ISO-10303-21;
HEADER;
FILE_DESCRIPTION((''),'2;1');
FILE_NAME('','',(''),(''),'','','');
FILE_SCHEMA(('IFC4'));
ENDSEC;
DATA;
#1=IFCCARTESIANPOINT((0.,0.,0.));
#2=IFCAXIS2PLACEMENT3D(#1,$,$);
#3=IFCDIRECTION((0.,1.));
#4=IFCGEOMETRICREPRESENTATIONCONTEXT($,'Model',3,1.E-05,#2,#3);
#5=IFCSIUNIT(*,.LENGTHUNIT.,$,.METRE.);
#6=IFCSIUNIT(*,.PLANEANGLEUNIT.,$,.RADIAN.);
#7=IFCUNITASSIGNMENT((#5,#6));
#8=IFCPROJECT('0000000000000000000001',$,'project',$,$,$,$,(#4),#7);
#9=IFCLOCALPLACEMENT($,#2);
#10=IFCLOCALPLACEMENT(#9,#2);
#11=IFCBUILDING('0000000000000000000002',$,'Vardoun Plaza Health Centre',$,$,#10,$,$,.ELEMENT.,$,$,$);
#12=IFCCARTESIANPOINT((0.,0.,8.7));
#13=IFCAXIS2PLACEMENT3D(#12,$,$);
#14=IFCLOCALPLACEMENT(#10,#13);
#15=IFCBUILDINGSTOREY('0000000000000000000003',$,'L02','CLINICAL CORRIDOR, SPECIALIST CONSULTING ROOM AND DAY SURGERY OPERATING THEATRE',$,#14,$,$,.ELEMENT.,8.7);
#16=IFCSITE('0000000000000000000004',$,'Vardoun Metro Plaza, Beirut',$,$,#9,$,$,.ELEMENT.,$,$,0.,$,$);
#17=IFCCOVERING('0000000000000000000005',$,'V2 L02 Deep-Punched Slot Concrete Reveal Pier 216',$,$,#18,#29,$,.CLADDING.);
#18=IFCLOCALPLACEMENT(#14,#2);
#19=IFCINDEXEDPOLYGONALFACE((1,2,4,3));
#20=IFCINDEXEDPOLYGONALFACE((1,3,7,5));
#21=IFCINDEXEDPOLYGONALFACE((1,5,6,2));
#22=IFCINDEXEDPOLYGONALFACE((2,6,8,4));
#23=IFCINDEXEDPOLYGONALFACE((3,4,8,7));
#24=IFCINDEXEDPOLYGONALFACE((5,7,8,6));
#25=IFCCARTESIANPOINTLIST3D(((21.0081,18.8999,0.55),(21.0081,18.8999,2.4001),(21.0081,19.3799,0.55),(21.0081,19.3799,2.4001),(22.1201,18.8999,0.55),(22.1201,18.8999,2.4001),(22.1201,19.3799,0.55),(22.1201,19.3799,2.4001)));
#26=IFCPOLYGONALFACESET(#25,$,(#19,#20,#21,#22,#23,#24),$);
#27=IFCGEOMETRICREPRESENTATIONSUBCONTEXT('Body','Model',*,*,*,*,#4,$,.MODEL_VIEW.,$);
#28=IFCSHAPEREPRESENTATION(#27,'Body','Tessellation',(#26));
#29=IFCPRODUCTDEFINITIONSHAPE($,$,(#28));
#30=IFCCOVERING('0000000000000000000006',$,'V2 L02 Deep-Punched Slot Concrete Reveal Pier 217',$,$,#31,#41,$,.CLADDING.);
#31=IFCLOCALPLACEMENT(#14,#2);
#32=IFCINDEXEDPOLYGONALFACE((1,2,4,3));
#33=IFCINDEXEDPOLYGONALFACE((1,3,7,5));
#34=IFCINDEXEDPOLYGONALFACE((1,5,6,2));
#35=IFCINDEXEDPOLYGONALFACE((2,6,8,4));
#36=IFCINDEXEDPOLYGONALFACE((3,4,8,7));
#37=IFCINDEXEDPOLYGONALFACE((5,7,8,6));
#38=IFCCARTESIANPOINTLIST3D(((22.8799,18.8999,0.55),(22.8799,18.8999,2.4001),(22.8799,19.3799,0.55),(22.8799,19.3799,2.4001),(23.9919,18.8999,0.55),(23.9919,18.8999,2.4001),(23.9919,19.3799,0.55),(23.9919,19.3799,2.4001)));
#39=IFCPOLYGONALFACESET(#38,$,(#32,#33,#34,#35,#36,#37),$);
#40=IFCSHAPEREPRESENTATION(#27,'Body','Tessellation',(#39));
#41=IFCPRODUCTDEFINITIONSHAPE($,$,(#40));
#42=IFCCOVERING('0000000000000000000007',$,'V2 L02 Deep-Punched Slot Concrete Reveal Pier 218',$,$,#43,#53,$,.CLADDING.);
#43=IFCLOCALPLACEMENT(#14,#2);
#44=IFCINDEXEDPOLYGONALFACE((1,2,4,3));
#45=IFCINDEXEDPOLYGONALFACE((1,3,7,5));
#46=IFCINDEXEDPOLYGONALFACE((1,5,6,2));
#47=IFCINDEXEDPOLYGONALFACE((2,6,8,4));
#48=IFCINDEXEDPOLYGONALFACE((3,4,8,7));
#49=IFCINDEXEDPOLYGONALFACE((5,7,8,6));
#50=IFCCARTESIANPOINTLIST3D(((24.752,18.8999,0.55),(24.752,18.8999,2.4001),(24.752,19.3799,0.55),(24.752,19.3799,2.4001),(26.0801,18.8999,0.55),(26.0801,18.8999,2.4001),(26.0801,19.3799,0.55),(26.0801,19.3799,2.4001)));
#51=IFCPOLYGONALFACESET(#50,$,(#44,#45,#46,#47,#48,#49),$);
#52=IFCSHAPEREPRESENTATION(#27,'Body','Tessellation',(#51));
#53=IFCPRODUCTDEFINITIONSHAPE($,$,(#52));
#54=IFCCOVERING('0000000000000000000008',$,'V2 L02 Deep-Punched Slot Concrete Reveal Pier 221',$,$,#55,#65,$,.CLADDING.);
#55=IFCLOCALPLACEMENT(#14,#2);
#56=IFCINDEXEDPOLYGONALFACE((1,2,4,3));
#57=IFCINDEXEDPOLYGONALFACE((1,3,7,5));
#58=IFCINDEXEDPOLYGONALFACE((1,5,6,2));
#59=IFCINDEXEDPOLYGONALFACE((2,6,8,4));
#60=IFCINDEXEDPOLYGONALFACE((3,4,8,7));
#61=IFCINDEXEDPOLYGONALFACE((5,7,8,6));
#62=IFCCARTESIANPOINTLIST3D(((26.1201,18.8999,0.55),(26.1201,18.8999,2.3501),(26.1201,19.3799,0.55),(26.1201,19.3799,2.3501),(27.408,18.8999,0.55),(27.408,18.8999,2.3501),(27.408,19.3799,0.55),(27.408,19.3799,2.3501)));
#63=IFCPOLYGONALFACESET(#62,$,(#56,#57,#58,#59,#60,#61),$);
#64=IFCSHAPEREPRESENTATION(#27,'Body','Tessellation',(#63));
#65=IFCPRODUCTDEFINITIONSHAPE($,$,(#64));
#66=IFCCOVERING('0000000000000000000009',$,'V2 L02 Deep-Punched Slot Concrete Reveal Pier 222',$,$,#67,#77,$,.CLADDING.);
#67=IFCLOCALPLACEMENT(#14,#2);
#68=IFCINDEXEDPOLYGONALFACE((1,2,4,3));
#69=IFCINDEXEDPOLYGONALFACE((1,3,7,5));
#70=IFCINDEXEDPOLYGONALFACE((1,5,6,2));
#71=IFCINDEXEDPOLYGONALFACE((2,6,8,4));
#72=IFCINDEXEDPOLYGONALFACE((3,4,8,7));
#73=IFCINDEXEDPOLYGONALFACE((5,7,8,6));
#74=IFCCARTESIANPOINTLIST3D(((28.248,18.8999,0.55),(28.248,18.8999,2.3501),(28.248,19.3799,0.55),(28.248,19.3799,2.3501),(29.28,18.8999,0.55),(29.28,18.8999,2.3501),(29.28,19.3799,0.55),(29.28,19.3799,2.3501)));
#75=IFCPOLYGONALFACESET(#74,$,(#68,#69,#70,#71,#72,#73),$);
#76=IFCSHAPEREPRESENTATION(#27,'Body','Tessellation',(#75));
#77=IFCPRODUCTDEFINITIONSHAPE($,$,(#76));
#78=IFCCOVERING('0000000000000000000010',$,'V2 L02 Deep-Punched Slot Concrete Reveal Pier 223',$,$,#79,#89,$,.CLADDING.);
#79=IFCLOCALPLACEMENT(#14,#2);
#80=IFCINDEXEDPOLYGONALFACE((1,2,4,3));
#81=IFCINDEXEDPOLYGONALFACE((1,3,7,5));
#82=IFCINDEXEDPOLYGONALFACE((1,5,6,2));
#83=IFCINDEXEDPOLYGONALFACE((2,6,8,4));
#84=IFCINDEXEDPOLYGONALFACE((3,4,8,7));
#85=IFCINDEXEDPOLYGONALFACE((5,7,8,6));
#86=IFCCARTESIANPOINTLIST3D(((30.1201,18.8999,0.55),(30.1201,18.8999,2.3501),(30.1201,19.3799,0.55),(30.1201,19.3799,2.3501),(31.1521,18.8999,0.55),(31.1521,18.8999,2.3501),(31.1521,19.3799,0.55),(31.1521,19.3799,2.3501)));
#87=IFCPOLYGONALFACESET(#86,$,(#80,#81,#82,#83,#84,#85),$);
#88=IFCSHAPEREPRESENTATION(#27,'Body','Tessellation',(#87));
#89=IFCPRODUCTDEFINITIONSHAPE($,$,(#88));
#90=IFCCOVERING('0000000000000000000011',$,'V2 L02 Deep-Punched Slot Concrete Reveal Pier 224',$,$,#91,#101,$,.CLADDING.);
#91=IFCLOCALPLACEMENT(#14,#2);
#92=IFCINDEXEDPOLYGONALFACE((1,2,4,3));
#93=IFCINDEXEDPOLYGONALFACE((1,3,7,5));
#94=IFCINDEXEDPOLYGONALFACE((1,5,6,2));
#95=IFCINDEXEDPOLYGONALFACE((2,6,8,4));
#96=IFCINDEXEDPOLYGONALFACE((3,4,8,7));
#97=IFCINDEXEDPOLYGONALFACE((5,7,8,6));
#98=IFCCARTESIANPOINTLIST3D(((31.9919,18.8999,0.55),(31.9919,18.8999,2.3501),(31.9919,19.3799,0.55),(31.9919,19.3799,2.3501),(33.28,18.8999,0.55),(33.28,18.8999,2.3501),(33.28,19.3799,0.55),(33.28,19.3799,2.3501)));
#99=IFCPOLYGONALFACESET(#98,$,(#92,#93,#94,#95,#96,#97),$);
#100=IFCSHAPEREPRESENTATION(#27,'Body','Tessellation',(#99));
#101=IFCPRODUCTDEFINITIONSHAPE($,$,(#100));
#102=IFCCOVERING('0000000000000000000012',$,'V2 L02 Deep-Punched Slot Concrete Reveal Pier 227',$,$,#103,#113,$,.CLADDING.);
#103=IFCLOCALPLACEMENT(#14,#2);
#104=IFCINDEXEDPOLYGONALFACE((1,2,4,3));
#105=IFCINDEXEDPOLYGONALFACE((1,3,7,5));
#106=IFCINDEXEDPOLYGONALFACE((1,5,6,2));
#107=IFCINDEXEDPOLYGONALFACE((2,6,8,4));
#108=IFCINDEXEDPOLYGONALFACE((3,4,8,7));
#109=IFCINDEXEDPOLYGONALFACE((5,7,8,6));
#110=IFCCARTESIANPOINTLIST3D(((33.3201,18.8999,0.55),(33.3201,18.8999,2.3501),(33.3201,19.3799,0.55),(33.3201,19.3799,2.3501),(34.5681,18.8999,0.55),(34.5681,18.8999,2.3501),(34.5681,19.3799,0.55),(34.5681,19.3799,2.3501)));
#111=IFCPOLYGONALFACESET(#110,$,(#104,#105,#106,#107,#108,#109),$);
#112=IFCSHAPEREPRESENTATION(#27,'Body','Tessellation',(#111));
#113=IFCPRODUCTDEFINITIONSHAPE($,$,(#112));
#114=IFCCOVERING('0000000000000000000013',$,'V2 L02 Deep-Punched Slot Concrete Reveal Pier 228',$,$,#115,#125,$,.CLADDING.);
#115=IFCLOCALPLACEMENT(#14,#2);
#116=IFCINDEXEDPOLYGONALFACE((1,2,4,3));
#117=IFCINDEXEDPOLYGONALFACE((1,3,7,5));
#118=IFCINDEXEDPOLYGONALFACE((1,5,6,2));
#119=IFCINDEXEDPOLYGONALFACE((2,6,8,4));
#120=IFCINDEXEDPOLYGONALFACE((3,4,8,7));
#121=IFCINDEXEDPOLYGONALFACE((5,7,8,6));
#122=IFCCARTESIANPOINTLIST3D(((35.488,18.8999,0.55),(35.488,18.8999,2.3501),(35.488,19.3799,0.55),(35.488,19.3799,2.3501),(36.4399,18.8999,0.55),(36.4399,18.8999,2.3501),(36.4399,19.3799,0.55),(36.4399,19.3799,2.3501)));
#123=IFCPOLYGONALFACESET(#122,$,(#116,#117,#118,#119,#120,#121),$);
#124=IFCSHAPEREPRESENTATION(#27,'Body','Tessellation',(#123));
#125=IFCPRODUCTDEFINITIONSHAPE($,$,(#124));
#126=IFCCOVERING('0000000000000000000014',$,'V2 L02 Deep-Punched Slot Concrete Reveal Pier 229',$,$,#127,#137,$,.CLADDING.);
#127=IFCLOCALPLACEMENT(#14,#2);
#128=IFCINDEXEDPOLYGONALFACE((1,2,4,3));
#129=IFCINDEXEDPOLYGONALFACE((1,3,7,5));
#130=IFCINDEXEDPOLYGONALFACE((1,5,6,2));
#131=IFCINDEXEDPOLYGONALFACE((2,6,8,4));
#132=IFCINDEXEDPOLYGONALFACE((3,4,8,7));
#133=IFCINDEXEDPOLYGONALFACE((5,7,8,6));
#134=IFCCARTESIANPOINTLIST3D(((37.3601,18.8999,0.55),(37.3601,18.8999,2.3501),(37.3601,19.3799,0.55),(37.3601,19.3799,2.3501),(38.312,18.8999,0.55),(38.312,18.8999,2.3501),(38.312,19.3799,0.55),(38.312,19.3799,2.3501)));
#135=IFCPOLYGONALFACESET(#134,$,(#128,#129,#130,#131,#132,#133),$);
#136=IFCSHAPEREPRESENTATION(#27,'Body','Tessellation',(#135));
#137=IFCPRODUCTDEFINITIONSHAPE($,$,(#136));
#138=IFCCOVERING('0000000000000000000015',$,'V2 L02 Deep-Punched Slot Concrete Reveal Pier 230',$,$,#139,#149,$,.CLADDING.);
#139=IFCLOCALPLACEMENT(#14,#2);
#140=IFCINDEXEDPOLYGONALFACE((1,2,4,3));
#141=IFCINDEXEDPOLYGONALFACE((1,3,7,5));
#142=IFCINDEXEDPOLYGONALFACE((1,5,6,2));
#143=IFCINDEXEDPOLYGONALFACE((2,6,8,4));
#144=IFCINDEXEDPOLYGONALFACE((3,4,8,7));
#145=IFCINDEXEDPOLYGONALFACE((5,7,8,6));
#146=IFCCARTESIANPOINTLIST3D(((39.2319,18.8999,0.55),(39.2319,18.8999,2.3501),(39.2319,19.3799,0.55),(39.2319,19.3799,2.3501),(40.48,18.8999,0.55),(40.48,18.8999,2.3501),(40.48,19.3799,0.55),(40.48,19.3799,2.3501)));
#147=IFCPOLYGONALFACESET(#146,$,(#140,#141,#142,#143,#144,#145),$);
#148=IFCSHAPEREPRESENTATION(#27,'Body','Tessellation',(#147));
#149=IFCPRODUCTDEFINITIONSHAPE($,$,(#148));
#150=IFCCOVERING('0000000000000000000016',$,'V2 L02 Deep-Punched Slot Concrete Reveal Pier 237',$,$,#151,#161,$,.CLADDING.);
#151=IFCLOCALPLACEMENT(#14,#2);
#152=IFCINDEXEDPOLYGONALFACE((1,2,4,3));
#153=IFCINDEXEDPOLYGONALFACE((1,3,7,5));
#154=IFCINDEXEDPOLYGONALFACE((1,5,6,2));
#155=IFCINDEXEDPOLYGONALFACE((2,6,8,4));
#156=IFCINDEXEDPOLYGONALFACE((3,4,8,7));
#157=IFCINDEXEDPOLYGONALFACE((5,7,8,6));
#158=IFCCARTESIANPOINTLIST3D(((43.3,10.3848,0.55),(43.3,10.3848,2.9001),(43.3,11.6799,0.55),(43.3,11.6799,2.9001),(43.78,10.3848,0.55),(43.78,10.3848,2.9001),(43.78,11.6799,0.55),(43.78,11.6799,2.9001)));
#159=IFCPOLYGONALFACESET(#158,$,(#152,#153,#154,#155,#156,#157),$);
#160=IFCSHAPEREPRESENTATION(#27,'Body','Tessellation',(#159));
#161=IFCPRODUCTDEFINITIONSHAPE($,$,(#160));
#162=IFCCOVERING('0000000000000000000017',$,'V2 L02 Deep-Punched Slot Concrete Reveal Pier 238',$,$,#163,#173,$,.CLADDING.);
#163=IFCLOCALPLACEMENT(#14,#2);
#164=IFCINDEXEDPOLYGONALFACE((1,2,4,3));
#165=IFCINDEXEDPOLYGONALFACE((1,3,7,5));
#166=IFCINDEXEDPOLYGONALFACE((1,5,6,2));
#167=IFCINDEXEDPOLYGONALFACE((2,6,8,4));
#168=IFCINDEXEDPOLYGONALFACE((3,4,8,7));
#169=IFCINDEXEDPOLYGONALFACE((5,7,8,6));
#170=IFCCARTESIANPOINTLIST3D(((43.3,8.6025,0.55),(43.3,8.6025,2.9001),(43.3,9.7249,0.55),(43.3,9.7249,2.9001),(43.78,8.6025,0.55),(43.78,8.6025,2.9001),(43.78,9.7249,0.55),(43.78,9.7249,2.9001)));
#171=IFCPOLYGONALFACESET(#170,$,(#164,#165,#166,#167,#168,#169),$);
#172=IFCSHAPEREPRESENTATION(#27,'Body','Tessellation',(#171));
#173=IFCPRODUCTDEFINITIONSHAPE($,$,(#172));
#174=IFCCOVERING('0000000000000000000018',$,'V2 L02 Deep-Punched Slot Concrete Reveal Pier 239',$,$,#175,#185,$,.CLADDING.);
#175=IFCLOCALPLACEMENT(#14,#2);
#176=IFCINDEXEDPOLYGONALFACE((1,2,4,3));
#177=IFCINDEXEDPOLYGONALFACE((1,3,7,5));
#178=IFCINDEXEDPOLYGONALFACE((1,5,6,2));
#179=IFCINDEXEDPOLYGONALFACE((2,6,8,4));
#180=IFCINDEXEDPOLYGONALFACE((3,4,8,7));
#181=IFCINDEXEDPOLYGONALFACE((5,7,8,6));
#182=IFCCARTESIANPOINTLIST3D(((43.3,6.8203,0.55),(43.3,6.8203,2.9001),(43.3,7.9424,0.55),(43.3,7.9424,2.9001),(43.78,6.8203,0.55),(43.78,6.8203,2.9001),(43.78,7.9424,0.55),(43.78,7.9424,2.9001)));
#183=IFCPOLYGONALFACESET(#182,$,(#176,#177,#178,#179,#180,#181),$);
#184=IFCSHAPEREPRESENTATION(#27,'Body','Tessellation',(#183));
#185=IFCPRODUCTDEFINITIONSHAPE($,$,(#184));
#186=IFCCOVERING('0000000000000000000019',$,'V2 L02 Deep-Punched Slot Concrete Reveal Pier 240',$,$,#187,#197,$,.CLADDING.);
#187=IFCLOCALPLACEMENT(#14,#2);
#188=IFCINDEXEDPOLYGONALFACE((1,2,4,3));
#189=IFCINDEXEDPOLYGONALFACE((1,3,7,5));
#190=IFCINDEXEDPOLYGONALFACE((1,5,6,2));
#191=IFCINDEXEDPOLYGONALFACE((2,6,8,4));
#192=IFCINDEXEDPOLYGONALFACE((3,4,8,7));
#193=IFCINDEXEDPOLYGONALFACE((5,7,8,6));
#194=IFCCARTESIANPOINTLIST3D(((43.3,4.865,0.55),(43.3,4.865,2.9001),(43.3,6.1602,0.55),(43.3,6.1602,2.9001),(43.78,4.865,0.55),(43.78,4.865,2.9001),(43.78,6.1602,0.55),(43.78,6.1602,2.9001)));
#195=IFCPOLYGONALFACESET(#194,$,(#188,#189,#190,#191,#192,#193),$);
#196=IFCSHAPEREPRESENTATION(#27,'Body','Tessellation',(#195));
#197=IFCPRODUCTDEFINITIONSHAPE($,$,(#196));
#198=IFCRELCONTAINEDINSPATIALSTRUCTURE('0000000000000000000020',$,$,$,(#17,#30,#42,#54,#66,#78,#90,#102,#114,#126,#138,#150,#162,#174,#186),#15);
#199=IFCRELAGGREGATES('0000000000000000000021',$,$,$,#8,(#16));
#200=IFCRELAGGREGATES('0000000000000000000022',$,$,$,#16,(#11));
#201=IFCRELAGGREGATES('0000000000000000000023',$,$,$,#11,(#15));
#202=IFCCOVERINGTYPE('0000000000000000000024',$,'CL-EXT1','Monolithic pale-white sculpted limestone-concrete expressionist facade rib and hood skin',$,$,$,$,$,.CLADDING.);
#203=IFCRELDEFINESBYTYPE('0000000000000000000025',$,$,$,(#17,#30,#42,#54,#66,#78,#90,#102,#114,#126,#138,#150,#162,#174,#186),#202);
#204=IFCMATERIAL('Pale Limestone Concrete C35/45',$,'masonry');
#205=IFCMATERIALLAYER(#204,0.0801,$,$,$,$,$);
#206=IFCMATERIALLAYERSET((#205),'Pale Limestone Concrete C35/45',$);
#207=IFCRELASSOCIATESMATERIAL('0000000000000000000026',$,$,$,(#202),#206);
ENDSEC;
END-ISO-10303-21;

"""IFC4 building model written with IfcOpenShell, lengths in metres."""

from ifc_helpers import new_model, si_unit, direction, frame, origin, place, context, subcontext, project, spatial, polyline, outline, extrude, material, layer, layer_set, type_object, element, save


model = new_model("IFC4")

# Units and contexts
model_context = context("Model", 3, precision=1e-05, world=origin(), true_north=direction((0.0, 1.0)))
body_context = subcontext(model_context, "Body", "Model", "MODEL_VIEW")
ifc_project = project(units=[si_unit("LENGTHUNIT", "METRE"), si_unit("PLANEANGLEUNIT", "RADIAN")], contexts=[model_context])

# Site, building, storey
site_placement = place(None, origin())
site = spatial("IfcSite", under=ifc_project, at=site_placement, Name="Vardoun Metro Plaza, Beirut", CompositionType="ELEMENT", RefElevation=0.0)
building_placement = place(site_placement, origin())
building = spatial("IfcBuilding", under=site, at=building_placement, Name="Vardoun Plaza Health Centre", CompositionType="ELEMENT")
storey_placement = place(building_placement, frame((0.0, 0.0, 8.7)))
storey = spatial("IfcBuildingStorey", under=building, at=storey_placement, Name="L02", Description="CLINICAL CORRIDOR, SPECIALIST CONSULTING ROOM AND DAY SURGERY OPERATING THEATRE", CompositionType="ELEMENT", Elevation=8.7)

# Coverings
ifc_material = material(Name="Pale Limestone Concrete C35/45", Category="masonry")
ifc_layer = layer(ifc_material, 0.0801)
ifc_layer_set = layer_set([ifc_layer], Name="Pale Limestone Concrete C35/45")
covering_type = type_object("IfcCoveringType", Name="CL-EXT1", Description="Monolithic pale-white sculpted limestone-concrete expressionist facade rib and hood skin", PredefinedType="CLADDING", material=ifc_layer_set)
covering_1_placement = place(storey_placement, frame((0.0, 0.0, 0.55)))
element("IfcCovering", 1, at=covering_1_placement, inside=storey, type_object=covering_type, Name="V2 L02 Deep-Punched Slot Concrete Reveal Pier 216", PredefinedType="CLADDING", context=body_context, shape_type="SweptSolid", body=[
    extrude(outline(polyline([(21.0081, 18.8999), (22.1201, 18.8999), (22.1201, 19.3799), (21.0081, 19.3799), (21.0081, 18.8999)])), origin(), (0.0, 0.0, 1.0), 1.8501),
])
covering_2_placement = place(storey_placement, frame((0.0, 0.0, 0.55)))
element("IfcCovering", 2, at=covering_2_placement, inside=storey, type_object=covering_type, Name="V2 L02 Deep-Punched Slot Concrete Reveal Pier 217", PredefinedType="CLADDING", context=body_context, shape_type="SweptSolid", body=[
    extrude(outline(polyline([(22.8799, 18.8999), (23.9919, 18.8999), (23.9919, 19.3799), (22.8799, 19.3799), (22.8799, 18.8999)])), origin(), (0.0, 0.0, 1.0), 1.8501),
])
covering_3_placement = place(storey_placement, frame((0.0, 0.0, 0.55)))
element("IfcCovering", 3, at=covering_3_placement, inside=storey, type_object=covering_type, Name="V2 L02 Deep-Punched Slot Concrete Reveal Pier 218", PredefinedType="CLADDING", context=body_context, shape_type="SweptSolid", body=[
    extrude(outline(polyline([(24.752, 18.8999), (26.0801, 18.8999), (26.0801, 19.3799), (24.752, 19.3799), (24.752, 18.8999)])), origin(), (0.0, 0.0, 1.0), 1.8501),
])
covering_4_placement = place(storey_placement, frame((0.0, 0.0, 0.55)))
element("IfcCovering", 4, at=covering_4_placement, inside=storey, type_object=covering_type, Name="V2 L02 Deep-Punched Slot Concrete Reveal Pier 221", PredefinedType="CLADDING", context=body_context, shape_type="SweptSolid", body=[
    extrude(outline(polyline([(26.1201, 18.8999), (27.408, 18.8999), (27.408, 19.3799), (26.1201, 19.3799), (26.1201, 18.8999)])), origin(), (0.0, 0.0, 1.0), 1.8),
])
covering_5_placement = place(storey_placement, frame((0.0, 0.0, 0.55)))
element("IfcCovering", 5, at=covering_5_placement, inside=storey, type_object=covering_type, Name="V2 L02 Deep-Punched Slot Concrete Reveal Pier 222", PredefinedType="CLADDING", context=body_context, shape_type="SweptSolid", body=[
    extrude(outline(polyline([(28.248, 18.8999), (29.28, 18.8999), (29.28, 19.3799), (28.248, 19.3799), (28.248, 18.8999)])), origin(), (0.0, 0.0, 1.0), 1.8),
])
covering_6_placement = place(storey_placement, frame((0.0, 0.0, 0.55)))
element("IfcCovering", 6, at=covering_6_placement, inside=storey, type_object=covering_type, Name="V2 L02 Deep-Punched Slot Concrete Reveal Pier 223", PredefinedType="CLADDING", context=body_context, shape_type="SweptSolid", body=[
    extrude(outline(polyline([(30.1201, 18.8999), (31.1521, 18.8999), (31.1521, 19.3799), (30.1201, 19.3799), (30.1201, 18.8999)])), origin(), (0.0, 0.0, 1.0), 1.8),
])
covering_7_placement = place(storey_placement, frame((0.0, 0.0, 0.55)))
element("IfcCovering", 7, at=covering_7_placement, inside=storey, type_object=covering_type, Name="V2 L02 Deep-Punched Slot Concrete Reveal Pier 224", PredefinedType="CLADDING", context=body_context, shape_type="SweptSolid", body=[
    extrude(outline(polyline([(31.9919, 18.8999), (33.28, 18.8999), (33.28, 19.3799), (31.9919, 19.3799), (31.9919, 18.8999)])), origin(), (0.0, 0.0, 1.0), 1.8),
])
covering_8_placement = place(storey_placement, frame((0.0, 0.0, 0.55)))
element("IfcCovering", 8, at=covering_8_placement, inside=storey, type_object=covering_type, Name="V2 L02 Deep-Punched Slot Concrete Reveal Pier 227", PredefinedType="CLADDING", context=body_context, shape_type="SweptSolid", body=[
    extrude(outline(polyline([(33.3201, 18.8999), (34.5681, 18.8999), (34.5681, 19.3799), (33.3201, 19.3799), (33.3201, 18.8999)])), origin(), (0.0, 0.0, 1.0), 1.8),
])
covering_9_placement = place(storey_placement, frame((0.0, 0.0, 0.55)))
element("IfcCovering", 9, at=covering_9_placement, inside=storey, type_object=covering_type, Name="V2 L02 Deep-Punched Slot Concrete Reveal Pier 228", PredefinedType="CLADDING", context=body_context, shape_type="SweptSolid", body=[
    extrude(outline(polyline([(35.488, 18.8999), (36.4399, 18.8999), (36.4399, 19.3799), (35.488, 19.3799), (35.488, 18.8999)])), origin(), (0.0, 0.0, 1.0), 1.8),
])
covering_10_placement = place(storey_placement, frame((0.0, 0.0, 0.55)))
element("IfcCovering", 10, at=covering_10_placement, inside=storey, type_object=covering_type, Name="V2 L02 Deep-Punched Slot Concrete Reveal Pier 229", PredefinedType="CLADDING", context=body_context, shape_type="SweptSolid", body=[
    extrude(outline(polyline([(37.3601, 18.8999), (38.312, 18.8999), (38.312, 19.3799), (37.3601, 19.3799), (37.3601, 18.8999)])), origin(), (0.0, 0.0, 1.0), 1.8),
])
covering_11_placement = place(storey_placement, frame((0.0, 0.0, 0.55)))
element("IfcCovering", 11, at=covering_11_placement, inside=storey, type_object=covering_type, Name="V2 L02 Deep-Punched Slot Concrete Reveal Pier 230", PredefinedType="CLADDING", context=body_context, shape_type="SweptSolid", body=[
    extrude(outline(polyline([(39.2319, 18.8999), (40.48, 18.8999), (40.48, 19.3799), (39.2319, 19.3799), (39.2319, 18.8999)])), origin(), (0.0, 0.0, 1.0), 1.8),
])
covering_12_placement = place(storey_placement, frame((0.0, 0.0, 0.55)))
element("IfcCovering", 12, at=covering_12_placement, inside=storey, type_object=covering_type, Name="V2 L02 Deep-Punched Slot Concrete Reveal Pier 237", PredefinedType="CLADDING", context=body_context, shape_type="SweptSolid", body=[
    extrude(outline(polyline([(43.3, 11.6799), (43.3, 10.3848), (43.78, 10.3848), (43.78, 11.6799), (43.3, 11.6799)])), origin(), (0.0, 0.0, 1.0), 2.3501),
])
covering_13_placement = place(storey_placement, frame((0.0, 0.0, 0.55)))
element("IfcCovering", 13, at=covering_13_placement, inside=storey, type_object=covering_type, Name="V2 L02 Deep-Punched Slot Concrete Reveal Pier 238", PredefinedType="CLADDING", context=body_context, shape_type="SweptSolid", body=[
    extrude(outline(polyline([(43.3, 9.7249), (43.3, 8.6025), (43.78, 8.6025), (43.78, 9.7249), (43.3, 9.7249)])), origin(), (0.0, 0.0, 1.0), 2.3501),
])
covering_14_placement = place(storey_placement, frame((0.0, 0.0, 0.55)))
element("IfcCovering", 14, at=covering_14_placement, inside=storey, type_object=covering_type, Name="V2 L02 Deep-Punched Slot Concrete Reveal Pier 239", PredefinedType="CLADDING", context=body_context, shape_type="SweptSolid", body=[
    extrude(outline(polyline([(43.3, 7.9424), (43.3, 6.8203), (43.78, 6.8203), (43.78, 7.9424), (43.3, 7.9424)])), origin(), (0.0, 0.0, 1.0), 2.3501),
])
covering_15_placement = place(storey_placement, frame((0.0, 0.0, 0.55)))
element("IfcCovering", 15, at=covering_15_placement, inside=storey, type_object=covering_type, Name="V2 L02 Deep-Punched Slot Concrete Reveal Pier 240", PredefinedType="CLADDING", context=body_context, shape_type="SweptSolid", body=[
    extrude(outline(polyline([(43.3, 6.1602), (43.3, 4.865), (43.78, 4.865), (43.78, 6.1602), (43.3, 6.1602)])), origin(), (0.0, 0.0, 1.0), 2.3501),
])

save(model, "model.ifc")
